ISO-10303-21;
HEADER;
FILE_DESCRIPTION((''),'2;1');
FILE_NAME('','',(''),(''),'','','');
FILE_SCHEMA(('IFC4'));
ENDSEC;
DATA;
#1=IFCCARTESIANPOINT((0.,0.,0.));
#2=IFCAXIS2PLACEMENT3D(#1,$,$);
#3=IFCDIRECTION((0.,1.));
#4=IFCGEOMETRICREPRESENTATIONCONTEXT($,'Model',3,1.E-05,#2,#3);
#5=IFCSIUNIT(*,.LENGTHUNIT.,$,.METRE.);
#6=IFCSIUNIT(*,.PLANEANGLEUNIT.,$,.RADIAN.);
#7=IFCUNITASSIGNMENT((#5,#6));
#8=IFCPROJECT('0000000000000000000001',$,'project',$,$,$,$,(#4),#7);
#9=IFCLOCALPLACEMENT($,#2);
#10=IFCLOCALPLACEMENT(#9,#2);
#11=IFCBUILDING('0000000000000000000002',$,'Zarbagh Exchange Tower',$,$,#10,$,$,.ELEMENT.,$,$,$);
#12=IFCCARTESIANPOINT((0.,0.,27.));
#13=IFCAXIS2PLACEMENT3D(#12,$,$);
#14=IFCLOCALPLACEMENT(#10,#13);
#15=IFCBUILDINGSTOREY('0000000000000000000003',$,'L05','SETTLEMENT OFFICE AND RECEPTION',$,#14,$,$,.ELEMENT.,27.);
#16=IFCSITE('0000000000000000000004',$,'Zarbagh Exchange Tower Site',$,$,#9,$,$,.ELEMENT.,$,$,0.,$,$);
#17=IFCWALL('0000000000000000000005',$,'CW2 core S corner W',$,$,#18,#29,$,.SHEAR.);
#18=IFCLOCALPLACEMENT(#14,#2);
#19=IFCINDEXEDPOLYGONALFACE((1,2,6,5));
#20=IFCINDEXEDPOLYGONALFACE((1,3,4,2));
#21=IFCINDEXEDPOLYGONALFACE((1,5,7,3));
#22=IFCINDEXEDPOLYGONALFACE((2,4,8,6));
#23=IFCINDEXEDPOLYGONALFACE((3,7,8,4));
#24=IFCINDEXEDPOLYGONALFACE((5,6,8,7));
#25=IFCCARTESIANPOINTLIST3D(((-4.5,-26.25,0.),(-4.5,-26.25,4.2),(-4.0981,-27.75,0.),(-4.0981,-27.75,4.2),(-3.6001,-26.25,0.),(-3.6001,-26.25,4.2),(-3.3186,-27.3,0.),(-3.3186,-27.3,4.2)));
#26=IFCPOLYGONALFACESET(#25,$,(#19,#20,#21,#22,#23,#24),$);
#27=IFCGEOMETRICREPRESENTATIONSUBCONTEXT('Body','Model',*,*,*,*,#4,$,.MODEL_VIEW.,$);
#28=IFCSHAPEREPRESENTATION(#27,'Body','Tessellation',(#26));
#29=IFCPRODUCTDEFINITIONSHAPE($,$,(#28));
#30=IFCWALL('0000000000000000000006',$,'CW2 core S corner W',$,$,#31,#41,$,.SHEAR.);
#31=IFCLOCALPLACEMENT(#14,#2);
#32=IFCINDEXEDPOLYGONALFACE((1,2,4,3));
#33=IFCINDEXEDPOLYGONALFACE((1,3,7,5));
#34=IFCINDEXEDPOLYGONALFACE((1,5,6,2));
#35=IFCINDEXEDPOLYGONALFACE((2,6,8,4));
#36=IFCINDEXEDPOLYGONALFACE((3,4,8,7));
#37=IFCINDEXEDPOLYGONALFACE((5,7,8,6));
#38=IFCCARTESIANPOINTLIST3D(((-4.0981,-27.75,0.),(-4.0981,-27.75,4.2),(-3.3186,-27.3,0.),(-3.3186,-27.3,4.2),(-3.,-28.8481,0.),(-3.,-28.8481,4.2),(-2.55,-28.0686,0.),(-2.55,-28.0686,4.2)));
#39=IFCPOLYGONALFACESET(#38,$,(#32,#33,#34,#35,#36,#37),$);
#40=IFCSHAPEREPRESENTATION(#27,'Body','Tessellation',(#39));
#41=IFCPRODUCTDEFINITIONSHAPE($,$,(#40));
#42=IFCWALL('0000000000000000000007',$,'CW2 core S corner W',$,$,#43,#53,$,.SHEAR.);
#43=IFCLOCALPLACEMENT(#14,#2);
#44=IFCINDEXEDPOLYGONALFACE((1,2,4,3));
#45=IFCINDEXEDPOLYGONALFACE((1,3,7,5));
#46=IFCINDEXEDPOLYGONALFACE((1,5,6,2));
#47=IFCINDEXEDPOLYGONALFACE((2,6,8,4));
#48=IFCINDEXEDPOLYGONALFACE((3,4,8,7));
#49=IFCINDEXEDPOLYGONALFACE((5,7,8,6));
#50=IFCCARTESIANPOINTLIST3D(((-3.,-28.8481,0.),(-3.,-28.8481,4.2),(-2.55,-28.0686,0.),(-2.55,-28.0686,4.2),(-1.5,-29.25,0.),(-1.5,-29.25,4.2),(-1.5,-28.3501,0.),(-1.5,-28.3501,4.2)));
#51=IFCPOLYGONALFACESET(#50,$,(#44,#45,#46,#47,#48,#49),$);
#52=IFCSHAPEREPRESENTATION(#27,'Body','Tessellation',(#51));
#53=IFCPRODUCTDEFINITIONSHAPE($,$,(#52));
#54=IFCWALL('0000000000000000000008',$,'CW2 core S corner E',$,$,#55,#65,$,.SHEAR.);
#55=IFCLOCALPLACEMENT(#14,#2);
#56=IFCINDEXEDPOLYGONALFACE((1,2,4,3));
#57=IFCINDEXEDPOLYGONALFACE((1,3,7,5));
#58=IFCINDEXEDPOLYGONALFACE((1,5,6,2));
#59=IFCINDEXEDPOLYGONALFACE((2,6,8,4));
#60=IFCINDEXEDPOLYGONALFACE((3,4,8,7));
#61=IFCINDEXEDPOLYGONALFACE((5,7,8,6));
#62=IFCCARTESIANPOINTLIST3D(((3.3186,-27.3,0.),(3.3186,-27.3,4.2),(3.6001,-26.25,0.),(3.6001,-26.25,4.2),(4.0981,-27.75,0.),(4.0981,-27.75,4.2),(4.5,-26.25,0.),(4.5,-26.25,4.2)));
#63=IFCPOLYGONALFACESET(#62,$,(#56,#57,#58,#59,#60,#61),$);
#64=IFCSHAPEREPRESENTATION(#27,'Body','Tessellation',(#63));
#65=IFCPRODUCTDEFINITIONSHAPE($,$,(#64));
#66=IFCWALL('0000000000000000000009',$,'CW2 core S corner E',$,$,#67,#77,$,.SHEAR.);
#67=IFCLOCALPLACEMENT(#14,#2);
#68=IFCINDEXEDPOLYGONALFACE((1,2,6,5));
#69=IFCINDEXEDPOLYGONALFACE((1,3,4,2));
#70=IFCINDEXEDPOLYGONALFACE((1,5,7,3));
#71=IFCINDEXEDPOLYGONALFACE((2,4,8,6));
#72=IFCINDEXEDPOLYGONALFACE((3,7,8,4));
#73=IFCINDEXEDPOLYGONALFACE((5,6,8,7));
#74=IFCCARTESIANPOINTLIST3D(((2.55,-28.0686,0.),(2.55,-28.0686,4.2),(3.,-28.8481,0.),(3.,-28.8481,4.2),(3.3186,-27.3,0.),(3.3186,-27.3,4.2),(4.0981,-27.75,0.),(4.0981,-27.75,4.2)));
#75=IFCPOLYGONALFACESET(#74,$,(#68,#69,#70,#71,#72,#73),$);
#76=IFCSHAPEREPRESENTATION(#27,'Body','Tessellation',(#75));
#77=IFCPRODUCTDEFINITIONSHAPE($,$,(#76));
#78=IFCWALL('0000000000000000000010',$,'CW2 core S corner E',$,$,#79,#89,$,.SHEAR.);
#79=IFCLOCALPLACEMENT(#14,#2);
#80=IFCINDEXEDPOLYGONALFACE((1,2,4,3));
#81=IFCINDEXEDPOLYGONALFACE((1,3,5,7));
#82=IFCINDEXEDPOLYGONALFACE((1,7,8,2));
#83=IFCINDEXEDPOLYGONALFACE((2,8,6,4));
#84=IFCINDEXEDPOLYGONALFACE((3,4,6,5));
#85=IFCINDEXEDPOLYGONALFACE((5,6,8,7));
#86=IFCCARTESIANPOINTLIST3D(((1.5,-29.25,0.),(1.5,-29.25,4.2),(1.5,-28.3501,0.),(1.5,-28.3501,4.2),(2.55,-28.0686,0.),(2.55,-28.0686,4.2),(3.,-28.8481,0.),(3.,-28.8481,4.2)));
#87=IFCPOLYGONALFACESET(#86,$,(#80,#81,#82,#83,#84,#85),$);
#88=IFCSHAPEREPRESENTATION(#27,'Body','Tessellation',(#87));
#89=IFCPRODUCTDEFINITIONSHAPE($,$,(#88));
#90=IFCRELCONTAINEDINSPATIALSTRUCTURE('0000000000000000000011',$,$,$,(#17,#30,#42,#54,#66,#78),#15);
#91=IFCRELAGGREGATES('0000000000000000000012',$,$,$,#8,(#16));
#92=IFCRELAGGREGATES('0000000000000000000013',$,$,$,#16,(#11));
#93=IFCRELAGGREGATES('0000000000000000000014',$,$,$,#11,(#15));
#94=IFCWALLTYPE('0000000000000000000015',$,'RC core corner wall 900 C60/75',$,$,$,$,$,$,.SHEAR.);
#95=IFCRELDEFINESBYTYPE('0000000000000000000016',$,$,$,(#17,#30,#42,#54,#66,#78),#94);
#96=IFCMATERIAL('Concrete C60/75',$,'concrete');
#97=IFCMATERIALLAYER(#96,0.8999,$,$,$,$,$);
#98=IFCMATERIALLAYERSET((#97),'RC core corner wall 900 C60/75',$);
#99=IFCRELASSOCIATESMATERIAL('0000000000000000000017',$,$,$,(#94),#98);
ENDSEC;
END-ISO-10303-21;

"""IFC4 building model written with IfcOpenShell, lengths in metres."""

from ifc_helpers import new_model, si_unit, direction, frame, origin, place, context, subcontext, project, spatial, polyline, outline, extrude, material, layer, layer_set, type_object, element, save


model = new_model("IFC4")

# Units and contexts
model_context = context("Model", 3, precision=1e-05, world=origin(), true_north=direction((0.0, 1.0)))
body_context = subcontext(model_context, "Body", "Model", "MODEL_VIEW")
ifc_project = project(units=[si_unit("LENGTHUNIT", "METRE"), si_unit("PLANEANGLEUNIT", "RADIAN")], contexts=[model_context])

# Site, building, storey
site_placement = place(None, origin())
site = spatial("IfcSite", under=ifc_project, at=site_placement, Name="Zarbagh Exchange Tower Site", CompositionType="ELEMENT", RefElevation=0.0)
building_placement = place(site_placement, origin())
building = spatial("IfcBuilding", under=site, at=building_placement, Name="Zarbagh Exchange Tower", CompositionType="ELEMENT")
storey_placement = place(building_placement, frame((0.0, 0.0, 27.0)))
storey = spatial("IfcBuildingStorey", under=building, at=storey_placement, Name="L05", Description="SETTLEMENT OFFICE AND RECEPTION", CompositionType="ELEMENT", Elevation=27.0)

# Walls
ifc_material_1 = material(Name="Concrete C60/75", Category="concrete")
ifc_layer_1 = layer(ifc_material_1, 0.8999)
ifc_layer_set_1 = layer_set([ifc_layer_1], Name="RC core corner wall 900 C60/75")
wall_type = type_object("IfcWallType", Name="RC core corner wall 900 C60/75", PredefinedType="SHEAR", material=ifc_layer_set_1)
wall_1_placement = place(storey_placement, origin())
element("IfcWall", 1, at=wall_1_placement, inside=storey, type_object=wall_type, Name="CW2 core S corner W", PredefinedType="SHEAR", context=body_context, shape_type="SweptSolid", body=[
    extrude(outline(polyline([(-4.5, -26.25), (-4.0981, -27.75), (-3.3186, -27.3), (-3.6001, -26.25), (-4.5, -26.25)])), origin(), (0.0, 0.0, 1.0), 4.2),
])
wall_2_placement = place(storey_placement, origin())
element("IfcWall", 2, at=wall_2_placement, inside=storey, type_object=wall_type, Name="CW2 core S corner W", PredefinedType="SHEAR", context=body_context, shape_type="SweptSolid", body=[
    extrude(outline(polyline([(-4.0981, -27.75), (-3.0, -28.8481), (-2.55, -28.0686), (-3.3186, -27.3), (-4.0981, -27.75)])), origin(), (0.0, 0.0, 1.0), 4.2),
])
wall_3_placement = place(storey_placement, origin())
element("IfcWall", 3, at=wall_3_placement, inside=storey, type_object=wall_type, Name="CW2 core S corner W", PredefinedType="SHEAR", context=body_context, shape_type="SweptSolid", body=[
    extrude(outline(polyline([(-3.0, -28.8481), (-1.5, -29.25), (-1.5, -28.3501), (-2.55, -28.0686), (-3.0, -28.8481)])), origin(), (0.0, 0.0, 1.0), 4.2),
])
wall_4_placement = place(storey_placement, origin())
element("IfcWall", 4, at=wall_4_placement, inside=storey, type_object=wall_type, Name="CW2 core S corner E", PredefinedType="SHEAR", context=body_context, shape_type="SweptSolid", body=[
    extrude(outline(polyline([(4.5, -26.25), (4.0981, -27.75), (3.3186, -27.3), (3.6001, -26.25), (4.5, -26.25)])), origin(), (0.0, 0.0, 1.0), 4.2),
])
wall_5_placement = place(storey_placement, origin())
element("IfcWall", 5, at=wall_5_placement, inside=storey, type_object=wall_type, Name="CW2 core S corner E", PredefinedType="SHEAR", context=body_context, shape_type="SweptSolid", body=[
    extrude(outline(polyline([(4.0981, -27.75), (3.0, -28.8481), (2.55, -28.0686), (3.3186, -27.3), (4.0981, -27.75)])), origin(), (0.0, 0.0, 1.0), 4.2),
])
wall_6_placement = place(storey_placement, origin())
element("IfcWall", 6, at=wall_6_placement, inside=storey, type_object=wall_type, Name="CW2 core S corner E", PredefinedType="SHEAR", context=body_context, shape_type="SweptSolid", body=[
    extrude(outline(polyline([(3.0, -28.8481), (1.5, -29.25), (1.5, -28.3501), (2.55, -28.0686), (3.0, -28.8481)])), origin(), (0.0, 0.0, 1.0), 4.2),
])

save(model, "model.ifc")
